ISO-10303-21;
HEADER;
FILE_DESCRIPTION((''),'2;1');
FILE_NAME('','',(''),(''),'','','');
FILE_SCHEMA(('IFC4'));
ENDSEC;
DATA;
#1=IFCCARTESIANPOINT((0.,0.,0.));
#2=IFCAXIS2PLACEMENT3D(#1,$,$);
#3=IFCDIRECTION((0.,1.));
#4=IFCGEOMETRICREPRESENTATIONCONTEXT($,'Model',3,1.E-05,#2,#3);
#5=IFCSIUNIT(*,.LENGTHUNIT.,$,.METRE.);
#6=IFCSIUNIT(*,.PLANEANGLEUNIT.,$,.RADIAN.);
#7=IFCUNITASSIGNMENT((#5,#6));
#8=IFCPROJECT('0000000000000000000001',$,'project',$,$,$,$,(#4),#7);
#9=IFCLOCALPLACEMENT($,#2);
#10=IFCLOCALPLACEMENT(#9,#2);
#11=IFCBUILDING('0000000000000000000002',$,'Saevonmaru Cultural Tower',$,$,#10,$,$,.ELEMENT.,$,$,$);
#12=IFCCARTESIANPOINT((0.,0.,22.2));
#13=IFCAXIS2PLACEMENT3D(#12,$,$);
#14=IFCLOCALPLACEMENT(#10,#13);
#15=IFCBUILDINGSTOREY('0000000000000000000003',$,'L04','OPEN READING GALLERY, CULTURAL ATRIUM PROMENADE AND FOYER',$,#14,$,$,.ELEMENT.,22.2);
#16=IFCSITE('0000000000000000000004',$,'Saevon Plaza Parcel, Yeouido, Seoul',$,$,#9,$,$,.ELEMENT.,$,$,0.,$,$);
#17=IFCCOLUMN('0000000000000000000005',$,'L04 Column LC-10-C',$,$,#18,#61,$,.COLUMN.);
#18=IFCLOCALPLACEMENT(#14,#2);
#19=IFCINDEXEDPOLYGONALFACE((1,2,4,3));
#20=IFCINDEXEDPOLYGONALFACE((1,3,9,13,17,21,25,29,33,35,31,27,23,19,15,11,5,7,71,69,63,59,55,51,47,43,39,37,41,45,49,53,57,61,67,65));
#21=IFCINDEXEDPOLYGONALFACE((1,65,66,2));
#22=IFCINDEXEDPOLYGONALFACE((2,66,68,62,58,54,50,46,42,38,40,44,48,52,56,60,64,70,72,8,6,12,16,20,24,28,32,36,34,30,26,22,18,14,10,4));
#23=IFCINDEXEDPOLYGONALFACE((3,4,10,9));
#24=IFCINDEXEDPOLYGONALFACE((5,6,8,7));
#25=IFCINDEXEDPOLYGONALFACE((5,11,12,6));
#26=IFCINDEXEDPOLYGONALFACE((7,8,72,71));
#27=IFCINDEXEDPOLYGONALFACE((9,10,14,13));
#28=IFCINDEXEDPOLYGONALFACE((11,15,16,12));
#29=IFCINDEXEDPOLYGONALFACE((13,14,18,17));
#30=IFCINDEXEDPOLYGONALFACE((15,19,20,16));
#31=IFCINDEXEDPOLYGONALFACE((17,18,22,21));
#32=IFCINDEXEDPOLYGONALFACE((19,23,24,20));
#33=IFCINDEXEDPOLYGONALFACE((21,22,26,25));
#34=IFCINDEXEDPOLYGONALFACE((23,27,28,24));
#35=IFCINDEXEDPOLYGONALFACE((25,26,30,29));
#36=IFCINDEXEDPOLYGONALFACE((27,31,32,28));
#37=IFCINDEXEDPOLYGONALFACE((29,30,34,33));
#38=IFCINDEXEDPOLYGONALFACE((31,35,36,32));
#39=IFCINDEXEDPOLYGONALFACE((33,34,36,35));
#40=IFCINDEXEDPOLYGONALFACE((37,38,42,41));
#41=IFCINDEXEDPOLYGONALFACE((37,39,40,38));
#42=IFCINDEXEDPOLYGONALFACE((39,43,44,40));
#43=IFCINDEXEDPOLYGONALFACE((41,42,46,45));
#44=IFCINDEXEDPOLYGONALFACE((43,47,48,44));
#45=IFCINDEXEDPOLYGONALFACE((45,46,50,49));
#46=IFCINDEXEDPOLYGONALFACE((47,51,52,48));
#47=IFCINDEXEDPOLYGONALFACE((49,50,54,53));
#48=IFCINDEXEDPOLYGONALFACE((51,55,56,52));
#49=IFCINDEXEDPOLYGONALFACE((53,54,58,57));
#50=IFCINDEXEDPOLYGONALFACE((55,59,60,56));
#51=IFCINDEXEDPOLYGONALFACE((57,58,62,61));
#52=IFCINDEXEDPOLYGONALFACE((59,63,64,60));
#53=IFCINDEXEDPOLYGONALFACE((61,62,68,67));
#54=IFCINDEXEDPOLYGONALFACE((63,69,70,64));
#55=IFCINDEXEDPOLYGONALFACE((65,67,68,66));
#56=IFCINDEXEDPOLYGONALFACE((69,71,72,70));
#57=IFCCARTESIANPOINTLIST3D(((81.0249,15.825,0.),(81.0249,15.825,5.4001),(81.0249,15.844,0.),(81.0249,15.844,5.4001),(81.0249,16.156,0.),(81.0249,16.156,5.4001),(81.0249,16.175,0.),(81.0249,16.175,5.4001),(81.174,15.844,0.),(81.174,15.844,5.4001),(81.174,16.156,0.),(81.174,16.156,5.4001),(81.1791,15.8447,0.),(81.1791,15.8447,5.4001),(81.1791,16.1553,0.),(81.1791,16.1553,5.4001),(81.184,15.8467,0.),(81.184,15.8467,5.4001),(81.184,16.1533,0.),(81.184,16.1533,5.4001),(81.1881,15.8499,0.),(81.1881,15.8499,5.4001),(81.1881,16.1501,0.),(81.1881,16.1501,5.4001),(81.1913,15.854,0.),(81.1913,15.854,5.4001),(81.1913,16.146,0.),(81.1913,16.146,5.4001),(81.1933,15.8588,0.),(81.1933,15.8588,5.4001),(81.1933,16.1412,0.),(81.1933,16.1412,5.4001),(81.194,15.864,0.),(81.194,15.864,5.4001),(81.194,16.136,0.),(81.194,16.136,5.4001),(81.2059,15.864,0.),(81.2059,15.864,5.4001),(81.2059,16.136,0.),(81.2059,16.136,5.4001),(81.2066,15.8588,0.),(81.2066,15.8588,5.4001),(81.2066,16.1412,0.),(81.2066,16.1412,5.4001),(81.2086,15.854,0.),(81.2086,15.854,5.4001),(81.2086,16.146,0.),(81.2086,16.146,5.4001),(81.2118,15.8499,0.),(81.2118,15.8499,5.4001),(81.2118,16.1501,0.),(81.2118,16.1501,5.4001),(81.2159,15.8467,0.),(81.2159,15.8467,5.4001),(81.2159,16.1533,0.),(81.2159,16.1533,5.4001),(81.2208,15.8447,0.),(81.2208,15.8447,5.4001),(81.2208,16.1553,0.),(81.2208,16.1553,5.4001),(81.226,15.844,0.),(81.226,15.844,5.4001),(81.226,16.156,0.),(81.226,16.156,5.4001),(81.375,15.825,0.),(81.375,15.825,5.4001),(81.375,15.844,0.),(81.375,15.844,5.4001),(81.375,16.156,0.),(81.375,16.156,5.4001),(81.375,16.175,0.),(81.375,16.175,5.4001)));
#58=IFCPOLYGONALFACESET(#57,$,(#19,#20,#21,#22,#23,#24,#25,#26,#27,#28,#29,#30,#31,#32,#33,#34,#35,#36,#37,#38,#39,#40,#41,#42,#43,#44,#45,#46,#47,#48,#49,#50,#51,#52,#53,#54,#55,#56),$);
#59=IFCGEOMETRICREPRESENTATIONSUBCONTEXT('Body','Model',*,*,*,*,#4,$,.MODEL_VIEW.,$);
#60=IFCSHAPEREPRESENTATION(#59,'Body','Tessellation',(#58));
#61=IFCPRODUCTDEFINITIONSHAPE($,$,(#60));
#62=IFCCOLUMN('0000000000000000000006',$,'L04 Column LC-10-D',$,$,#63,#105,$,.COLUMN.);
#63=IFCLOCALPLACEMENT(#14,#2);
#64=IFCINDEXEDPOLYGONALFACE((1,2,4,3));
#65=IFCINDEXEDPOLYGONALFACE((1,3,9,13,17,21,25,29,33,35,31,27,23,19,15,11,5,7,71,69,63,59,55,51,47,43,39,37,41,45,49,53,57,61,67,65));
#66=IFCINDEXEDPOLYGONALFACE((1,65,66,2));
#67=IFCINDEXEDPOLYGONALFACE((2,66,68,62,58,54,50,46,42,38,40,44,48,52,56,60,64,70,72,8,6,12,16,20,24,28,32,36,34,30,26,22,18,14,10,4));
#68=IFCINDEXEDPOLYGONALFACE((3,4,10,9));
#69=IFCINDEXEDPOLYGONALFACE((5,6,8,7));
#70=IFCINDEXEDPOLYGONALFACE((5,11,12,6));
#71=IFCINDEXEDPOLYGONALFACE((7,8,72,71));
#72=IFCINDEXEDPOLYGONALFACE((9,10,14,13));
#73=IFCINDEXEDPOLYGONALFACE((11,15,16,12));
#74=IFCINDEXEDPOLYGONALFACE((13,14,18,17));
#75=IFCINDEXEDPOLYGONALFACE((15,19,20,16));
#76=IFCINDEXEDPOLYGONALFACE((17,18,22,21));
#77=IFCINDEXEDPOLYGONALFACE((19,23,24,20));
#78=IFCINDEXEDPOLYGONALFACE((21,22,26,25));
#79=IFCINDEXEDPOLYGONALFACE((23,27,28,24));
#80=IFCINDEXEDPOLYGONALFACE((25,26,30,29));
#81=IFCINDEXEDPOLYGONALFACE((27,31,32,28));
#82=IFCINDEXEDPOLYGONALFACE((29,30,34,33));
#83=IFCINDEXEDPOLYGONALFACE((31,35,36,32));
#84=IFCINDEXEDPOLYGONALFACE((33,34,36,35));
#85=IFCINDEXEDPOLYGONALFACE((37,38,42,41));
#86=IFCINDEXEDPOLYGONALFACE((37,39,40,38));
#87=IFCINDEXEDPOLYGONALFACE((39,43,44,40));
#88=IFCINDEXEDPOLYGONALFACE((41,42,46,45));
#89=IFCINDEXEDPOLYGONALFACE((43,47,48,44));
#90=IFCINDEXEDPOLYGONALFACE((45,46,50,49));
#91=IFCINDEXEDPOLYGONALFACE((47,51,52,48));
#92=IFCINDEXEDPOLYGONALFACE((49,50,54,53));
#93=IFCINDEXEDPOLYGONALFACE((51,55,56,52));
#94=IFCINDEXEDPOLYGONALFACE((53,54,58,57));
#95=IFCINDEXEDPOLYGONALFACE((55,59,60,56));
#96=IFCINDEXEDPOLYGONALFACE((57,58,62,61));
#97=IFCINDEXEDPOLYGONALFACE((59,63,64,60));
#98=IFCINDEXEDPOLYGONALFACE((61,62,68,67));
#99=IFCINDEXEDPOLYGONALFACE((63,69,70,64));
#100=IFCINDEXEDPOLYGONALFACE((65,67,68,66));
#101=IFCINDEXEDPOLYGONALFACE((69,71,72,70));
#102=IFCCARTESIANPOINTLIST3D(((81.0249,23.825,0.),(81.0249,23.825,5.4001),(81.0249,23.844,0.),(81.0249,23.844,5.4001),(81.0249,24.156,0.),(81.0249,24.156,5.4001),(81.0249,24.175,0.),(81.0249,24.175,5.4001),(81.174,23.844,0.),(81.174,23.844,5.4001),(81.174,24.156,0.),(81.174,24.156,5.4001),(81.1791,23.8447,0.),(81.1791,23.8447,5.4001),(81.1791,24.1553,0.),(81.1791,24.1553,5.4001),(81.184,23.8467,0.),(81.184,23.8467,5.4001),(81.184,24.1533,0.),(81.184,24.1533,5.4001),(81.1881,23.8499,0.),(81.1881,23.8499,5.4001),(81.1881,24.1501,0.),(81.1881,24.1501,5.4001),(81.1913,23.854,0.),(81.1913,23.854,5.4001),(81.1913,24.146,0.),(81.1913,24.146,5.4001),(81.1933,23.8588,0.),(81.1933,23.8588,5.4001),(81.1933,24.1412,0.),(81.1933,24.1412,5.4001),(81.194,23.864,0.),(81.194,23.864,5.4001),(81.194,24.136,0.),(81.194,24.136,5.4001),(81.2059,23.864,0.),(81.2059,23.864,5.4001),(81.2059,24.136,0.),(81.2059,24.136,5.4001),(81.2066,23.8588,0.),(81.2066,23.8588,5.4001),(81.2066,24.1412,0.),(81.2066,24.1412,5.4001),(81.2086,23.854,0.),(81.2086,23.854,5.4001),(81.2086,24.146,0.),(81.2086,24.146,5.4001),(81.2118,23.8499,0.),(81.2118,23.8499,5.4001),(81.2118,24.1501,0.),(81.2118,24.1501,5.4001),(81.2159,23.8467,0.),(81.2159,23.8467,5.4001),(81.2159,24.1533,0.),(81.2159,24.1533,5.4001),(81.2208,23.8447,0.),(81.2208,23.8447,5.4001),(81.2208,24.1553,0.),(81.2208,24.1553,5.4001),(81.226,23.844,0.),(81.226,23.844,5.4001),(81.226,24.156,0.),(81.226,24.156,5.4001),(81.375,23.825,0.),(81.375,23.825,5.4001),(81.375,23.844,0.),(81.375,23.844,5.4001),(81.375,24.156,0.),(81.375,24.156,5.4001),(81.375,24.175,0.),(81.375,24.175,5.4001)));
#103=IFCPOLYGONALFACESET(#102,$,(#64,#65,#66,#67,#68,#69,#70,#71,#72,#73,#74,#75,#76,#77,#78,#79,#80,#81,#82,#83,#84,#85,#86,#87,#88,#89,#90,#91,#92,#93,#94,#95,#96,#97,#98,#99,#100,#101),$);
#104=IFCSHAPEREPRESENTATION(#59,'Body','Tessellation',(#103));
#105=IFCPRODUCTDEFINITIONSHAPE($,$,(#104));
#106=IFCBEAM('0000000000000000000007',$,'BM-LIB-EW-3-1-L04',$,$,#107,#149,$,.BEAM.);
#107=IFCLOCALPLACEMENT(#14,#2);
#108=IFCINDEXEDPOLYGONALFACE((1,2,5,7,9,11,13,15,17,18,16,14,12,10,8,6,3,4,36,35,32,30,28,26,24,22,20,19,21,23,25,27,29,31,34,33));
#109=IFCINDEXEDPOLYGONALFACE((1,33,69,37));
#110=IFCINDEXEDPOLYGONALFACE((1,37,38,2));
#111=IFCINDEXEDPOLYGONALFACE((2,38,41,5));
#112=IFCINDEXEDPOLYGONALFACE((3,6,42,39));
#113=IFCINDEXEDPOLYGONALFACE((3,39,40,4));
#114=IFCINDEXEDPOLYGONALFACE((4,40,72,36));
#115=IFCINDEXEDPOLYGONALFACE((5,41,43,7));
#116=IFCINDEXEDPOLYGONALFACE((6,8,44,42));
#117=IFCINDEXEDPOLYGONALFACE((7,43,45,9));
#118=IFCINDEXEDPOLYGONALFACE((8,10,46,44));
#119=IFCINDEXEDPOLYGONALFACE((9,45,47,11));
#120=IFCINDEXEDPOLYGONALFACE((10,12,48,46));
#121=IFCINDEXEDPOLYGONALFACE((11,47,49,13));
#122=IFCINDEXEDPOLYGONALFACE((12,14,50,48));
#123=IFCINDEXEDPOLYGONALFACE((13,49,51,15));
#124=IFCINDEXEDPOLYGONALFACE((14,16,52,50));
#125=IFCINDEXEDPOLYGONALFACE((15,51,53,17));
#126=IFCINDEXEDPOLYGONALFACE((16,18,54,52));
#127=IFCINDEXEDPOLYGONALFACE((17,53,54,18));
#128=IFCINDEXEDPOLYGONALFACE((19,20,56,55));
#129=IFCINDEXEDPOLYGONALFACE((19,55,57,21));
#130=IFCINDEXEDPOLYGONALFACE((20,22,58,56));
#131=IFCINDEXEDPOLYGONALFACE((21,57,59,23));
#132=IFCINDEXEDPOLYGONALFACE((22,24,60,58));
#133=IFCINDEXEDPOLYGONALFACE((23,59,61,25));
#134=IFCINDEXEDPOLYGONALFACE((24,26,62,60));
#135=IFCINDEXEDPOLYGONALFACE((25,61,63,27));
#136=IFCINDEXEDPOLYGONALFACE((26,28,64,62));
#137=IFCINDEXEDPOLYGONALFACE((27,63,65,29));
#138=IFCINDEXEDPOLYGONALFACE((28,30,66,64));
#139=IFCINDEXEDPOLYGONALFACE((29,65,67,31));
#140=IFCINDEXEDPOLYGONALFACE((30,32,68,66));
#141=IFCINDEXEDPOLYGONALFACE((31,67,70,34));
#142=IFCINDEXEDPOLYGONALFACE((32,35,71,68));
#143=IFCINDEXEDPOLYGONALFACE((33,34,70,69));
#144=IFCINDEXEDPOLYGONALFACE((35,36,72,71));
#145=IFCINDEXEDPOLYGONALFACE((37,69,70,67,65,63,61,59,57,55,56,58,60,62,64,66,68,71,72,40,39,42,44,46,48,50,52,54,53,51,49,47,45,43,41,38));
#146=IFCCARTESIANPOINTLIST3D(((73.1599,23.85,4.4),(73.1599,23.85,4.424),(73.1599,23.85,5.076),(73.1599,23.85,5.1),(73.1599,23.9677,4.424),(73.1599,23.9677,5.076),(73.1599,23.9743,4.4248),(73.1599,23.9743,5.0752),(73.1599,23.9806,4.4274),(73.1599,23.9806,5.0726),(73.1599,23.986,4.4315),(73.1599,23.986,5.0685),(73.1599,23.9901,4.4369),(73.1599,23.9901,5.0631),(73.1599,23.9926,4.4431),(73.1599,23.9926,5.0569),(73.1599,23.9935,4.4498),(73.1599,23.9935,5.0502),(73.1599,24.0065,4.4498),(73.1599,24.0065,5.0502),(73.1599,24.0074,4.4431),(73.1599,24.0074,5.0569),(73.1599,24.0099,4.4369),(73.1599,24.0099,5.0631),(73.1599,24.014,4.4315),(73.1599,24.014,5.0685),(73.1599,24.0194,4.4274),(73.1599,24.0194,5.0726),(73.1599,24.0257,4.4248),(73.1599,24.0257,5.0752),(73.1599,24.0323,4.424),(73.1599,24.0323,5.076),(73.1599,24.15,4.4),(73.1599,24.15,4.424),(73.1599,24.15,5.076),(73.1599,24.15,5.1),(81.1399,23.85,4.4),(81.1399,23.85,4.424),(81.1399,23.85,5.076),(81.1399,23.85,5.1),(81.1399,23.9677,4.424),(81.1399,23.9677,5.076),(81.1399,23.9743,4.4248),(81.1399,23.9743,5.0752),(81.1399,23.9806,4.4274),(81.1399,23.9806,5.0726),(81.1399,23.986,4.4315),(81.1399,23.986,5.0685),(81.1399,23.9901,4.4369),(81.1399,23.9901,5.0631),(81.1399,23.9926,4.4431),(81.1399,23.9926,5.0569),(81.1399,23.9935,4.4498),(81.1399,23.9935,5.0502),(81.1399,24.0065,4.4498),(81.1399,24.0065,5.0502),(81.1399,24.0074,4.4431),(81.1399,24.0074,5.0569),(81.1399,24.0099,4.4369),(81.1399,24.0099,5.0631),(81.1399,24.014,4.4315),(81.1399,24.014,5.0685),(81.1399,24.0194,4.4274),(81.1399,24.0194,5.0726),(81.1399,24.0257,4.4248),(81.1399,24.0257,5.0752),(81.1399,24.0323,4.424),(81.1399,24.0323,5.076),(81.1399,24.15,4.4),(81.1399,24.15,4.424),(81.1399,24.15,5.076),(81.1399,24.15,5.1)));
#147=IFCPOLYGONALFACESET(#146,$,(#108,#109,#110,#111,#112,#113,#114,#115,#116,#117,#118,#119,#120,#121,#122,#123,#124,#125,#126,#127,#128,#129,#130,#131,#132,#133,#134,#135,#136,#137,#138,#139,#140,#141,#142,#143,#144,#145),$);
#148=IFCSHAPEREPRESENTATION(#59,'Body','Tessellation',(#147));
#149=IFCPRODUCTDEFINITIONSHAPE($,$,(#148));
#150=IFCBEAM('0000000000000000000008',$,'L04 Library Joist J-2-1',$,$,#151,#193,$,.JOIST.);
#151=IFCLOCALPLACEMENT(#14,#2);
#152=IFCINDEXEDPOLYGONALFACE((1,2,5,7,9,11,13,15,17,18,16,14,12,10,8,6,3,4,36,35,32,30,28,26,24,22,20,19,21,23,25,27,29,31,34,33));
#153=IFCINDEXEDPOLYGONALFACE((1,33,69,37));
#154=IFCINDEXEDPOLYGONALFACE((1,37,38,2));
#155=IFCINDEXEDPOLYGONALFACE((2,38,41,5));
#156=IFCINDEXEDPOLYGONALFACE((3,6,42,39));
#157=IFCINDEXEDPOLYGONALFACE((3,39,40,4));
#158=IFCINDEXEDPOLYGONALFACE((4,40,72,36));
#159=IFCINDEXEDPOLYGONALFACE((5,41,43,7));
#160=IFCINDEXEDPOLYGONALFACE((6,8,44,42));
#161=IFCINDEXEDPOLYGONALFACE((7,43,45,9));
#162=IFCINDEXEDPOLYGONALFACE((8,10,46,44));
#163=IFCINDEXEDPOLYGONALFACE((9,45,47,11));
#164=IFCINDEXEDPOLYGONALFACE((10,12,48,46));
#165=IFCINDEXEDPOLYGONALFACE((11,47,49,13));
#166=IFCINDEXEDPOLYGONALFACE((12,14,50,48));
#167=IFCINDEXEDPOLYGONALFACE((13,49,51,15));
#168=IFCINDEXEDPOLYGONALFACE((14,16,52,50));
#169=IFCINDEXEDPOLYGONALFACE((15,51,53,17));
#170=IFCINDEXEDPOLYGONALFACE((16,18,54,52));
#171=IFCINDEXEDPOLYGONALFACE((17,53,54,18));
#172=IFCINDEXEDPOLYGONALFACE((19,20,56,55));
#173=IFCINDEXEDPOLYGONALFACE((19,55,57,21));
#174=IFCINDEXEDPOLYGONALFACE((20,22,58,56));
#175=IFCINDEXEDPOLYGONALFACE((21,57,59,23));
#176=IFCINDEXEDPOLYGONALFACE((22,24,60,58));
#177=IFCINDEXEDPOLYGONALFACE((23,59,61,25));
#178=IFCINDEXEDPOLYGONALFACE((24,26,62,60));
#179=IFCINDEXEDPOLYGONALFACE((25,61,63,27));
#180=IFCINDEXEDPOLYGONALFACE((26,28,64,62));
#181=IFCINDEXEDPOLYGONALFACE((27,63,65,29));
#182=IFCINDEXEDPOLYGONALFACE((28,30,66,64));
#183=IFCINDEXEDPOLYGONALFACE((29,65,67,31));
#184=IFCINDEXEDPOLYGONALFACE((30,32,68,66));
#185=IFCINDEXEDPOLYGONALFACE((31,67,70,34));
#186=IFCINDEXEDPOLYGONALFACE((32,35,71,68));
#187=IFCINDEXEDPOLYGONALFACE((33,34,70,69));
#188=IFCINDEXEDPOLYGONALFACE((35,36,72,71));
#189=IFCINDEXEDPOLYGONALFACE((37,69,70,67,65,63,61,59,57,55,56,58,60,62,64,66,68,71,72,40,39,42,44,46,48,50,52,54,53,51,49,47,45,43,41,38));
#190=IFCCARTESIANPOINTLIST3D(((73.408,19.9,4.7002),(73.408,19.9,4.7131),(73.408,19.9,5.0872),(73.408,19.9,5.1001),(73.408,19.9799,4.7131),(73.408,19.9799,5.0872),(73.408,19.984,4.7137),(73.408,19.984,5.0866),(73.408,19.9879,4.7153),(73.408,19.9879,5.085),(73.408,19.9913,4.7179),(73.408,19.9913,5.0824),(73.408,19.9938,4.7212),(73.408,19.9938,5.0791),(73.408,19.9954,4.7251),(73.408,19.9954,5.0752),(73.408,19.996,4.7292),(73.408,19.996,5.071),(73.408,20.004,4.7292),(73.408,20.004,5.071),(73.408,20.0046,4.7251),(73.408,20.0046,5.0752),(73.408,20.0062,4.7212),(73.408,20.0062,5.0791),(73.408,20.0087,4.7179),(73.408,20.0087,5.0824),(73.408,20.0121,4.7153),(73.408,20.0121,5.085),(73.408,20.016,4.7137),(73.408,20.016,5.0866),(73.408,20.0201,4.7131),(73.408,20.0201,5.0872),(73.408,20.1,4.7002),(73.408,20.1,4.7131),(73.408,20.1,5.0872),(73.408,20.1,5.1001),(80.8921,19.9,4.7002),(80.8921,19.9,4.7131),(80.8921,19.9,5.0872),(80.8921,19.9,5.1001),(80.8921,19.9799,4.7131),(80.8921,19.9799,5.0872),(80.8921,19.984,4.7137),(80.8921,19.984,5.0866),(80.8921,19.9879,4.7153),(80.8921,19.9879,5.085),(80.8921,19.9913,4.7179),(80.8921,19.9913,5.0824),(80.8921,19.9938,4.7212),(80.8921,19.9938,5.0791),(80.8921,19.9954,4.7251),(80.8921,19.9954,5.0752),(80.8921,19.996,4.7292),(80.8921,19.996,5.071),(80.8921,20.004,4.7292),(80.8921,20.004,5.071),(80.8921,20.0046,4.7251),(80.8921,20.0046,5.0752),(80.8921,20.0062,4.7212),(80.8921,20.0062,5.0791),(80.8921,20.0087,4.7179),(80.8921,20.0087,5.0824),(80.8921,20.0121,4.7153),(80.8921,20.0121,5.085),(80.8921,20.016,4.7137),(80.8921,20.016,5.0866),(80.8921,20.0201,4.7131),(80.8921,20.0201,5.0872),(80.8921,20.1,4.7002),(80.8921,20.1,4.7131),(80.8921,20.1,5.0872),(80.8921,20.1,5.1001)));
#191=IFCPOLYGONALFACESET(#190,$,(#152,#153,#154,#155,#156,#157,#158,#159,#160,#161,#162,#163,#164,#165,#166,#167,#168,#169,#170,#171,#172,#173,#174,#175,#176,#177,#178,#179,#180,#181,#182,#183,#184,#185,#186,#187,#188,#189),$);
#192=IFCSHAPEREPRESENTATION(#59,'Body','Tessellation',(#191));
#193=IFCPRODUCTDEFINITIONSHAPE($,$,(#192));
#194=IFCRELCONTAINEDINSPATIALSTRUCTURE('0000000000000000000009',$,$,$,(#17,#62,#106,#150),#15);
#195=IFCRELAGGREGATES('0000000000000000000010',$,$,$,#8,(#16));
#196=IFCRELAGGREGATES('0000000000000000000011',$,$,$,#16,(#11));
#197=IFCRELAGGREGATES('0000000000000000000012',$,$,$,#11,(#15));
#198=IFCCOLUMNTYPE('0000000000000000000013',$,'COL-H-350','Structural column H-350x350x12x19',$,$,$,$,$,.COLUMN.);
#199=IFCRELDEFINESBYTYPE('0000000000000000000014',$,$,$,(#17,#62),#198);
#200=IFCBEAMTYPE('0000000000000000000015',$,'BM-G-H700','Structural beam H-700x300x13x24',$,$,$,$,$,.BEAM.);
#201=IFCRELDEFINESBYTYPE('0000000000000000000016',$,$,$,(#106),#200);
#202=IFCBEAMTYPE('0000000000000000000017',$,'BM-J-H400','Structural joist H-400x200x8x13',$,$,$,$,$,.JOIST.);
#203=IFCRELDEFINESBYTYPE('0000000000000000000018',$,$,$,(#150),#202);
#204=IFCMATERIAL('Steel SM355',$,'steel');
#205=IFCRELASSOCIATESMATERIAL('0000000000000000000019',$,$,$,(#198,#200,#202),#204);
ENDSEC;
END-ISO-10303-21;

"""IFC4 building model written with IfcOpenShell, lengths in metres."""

from ifc_helpers import new_model, si_unit, direction, frame, origin, origin_2d, place, context, subcontext, project, spatial, i_section, extrude, material, material_profile, profile_set, type_object, element, save


model = new_model("IFC4")

# Units and contexts
model_context = context("Model", 3, precision=1e-05, world=origin(), true_north=direction((0.0, 1.0)))
body_context = subcontext(model_context, "Body", "Model", "MODEL_VIEW")
ifc_project = project(units=[si_unit("LENGTHUNIT", "METRE"), si_unit("PLANEANGLEUNIT", "RADIAN")], contexts=[model_context])

# Site, building, storey
site_placement = place(None, origin())
site = spatial("IfcSite", under=ifc_project, at=site_placement, Name="Saevon Plaza Parcel, Yeouido, Seoul", CompositionType="ELEMENT", RefElevation=0.0)
building_placement = place(site_placement, origin())
building = spatial("IfcBuilding", under=site, at=building_placement, Name="Saevonmaru Cultural Tower", CompositionType="ELEMENT")
storey_placement = place(building_placement, frame((0.0, 0.0, 22.2)))
storey = spatial("IfcBuildingStorey", under=building, at=storey_placement, Name="L04", Description="OPEN READING GALLERY, CULTURAL ATRIUM PROMENADE AND FOYER", CompositionType="ELEMENT", Elevation=22.2)

# Columns
ifc_material_1 = material(Name="Steel SM355", Category="steel")
ifc_material_profile_1 = material_profile(ifc_material_1, i_section(OverallWidth=0.3501, OverallDepth=0.3501, WebThickness=0.012, FlangeThickness=0.019, FilletRadius=0.02, at=origin_2d()), Name="H-350x350x12x19")
ifc_profile_set_1 = profile_set([ifc_material_profile_1], Name="Steel SM355")
column_type_1 = type_object("IfcColumnType", Name="COL-H-350", Description="Structural column H-350x350x12x19", PredefinedType="COLUMN", material=ifc_profile_set_1)
for number, where, z_axis, x_axis, name in (
    (1, (81.2, 16.0, 0.0), (0.0, 0.0, 1.0), (1.0, 0.0, 0.0), "L04 Column LC-10-C"),
    (2, (81.2, 24.0, 0.0), (0.0, 0.0, 1.0), (1.0, 0.0, 0.0), "L04 Column LC-10-D"),
):
    element("IfcColumn", number, at=place(storey_placement, frame(where, z_axis=z_axis, x_axis=x_axis)), inside=storey, type_object=column_type_1, Name=name, PredefinedType="COLUMN", context=body_context, shape_type="SweptSolid", body=[
        extrude(i_section(OverallWidth=0.3501, OverallDepth=0.3501, WebThickness=0.012, FlangeThickness=0.019, FilletRadius=0.02, at=origin_2d()), origin(), (0.0, 0.0, 1.0), 5.4001),
    ])

# Beams
ifc_material_profile_2 = material_profile(ifc_material_1, i_section(OverallWidth=0.3, OverallDepth=0.7, WebThickness=0.0129, FlangeThickness=0.0239, FilletRadius=0.0259, at=origin_2d()), Name="H-700x300x13x24")
ifc_profile_set_2 = profile_set([ifc_material_profile_2], Name="Steel SM355")
beam_type_1 = type_object("IfcBeamType", Name="BM-G-H700", Description="Structural beam H-700x300x13x24", PredefinedType="BEAM", material=ifc_profile_set_2)
beam_1_placement = place(storey_placement, frame((73.1599, 24.0, 4.75), z_axis=(1.0, 0.0, 0.0), x_axis=(0.0, 1.0, 0.0)))
element("IfcBeam", 3, at=beam_1_placement, inside=storey, type_object=beam_type_1, Name="BM-LIB-EW-3-1-L04", PredefinedType="BEAM", context=body_context, shape_type="SweptSolid", body=[
    extrude(i_section(OverallWidth=0.3, OverallDepth=0.7, WebThickness=0.0129, FlangeThickness=0.0239, FilletRadius=0.0259, at=origin_2d()), origin(), (0.0, 0.0, 1.0), 7.98),
])
ifc_material_profile_3 = material_profile(ifc_material_1, i_section(OverallWidth=0.2, OverallDepth=0.3999, WebThickness=0.0081, FlangeThickness=0.0129, FilletRadius=0.0161, at=origin_2d()), Name="H-400x200x8x13")
ifc_profile_set_3 = profile_set([ifc_material_profile_3], Name="Steel SM355")
beam_type_2 = type_object("IfcBeamType", Name="BM-J-H400", Description="Structural joist H-400x200x8x13", PredefinedType="JOIST", material=ifc_profile_set_3)
beam_2_placement = place(storey_placement, frame((73.408, 20.0, 4.9001), z_axis=(1.0, 0.0, 0.0), x_axis=(0.0, 1.0, 0.0)))
element("IfcBeam", 4, at=beam_2_placement, inside=storey, type_object=beam_type_2, Name="L04 Library Joist J-2-1", PredefinedType="JOIST", context=body_context, shape_type="SweptSolid", body=[
    extrude(i_section(OverallWidth=0.2, OverallDepth=0.3999, WebThickness=0.0081, FlangeThickness=0.0129, FilletRadius=0.0161, at=origin_2d()), origin(), (0.0, 0.0, 1.0), 7.4841),
])

save(model, "model.ifc")
